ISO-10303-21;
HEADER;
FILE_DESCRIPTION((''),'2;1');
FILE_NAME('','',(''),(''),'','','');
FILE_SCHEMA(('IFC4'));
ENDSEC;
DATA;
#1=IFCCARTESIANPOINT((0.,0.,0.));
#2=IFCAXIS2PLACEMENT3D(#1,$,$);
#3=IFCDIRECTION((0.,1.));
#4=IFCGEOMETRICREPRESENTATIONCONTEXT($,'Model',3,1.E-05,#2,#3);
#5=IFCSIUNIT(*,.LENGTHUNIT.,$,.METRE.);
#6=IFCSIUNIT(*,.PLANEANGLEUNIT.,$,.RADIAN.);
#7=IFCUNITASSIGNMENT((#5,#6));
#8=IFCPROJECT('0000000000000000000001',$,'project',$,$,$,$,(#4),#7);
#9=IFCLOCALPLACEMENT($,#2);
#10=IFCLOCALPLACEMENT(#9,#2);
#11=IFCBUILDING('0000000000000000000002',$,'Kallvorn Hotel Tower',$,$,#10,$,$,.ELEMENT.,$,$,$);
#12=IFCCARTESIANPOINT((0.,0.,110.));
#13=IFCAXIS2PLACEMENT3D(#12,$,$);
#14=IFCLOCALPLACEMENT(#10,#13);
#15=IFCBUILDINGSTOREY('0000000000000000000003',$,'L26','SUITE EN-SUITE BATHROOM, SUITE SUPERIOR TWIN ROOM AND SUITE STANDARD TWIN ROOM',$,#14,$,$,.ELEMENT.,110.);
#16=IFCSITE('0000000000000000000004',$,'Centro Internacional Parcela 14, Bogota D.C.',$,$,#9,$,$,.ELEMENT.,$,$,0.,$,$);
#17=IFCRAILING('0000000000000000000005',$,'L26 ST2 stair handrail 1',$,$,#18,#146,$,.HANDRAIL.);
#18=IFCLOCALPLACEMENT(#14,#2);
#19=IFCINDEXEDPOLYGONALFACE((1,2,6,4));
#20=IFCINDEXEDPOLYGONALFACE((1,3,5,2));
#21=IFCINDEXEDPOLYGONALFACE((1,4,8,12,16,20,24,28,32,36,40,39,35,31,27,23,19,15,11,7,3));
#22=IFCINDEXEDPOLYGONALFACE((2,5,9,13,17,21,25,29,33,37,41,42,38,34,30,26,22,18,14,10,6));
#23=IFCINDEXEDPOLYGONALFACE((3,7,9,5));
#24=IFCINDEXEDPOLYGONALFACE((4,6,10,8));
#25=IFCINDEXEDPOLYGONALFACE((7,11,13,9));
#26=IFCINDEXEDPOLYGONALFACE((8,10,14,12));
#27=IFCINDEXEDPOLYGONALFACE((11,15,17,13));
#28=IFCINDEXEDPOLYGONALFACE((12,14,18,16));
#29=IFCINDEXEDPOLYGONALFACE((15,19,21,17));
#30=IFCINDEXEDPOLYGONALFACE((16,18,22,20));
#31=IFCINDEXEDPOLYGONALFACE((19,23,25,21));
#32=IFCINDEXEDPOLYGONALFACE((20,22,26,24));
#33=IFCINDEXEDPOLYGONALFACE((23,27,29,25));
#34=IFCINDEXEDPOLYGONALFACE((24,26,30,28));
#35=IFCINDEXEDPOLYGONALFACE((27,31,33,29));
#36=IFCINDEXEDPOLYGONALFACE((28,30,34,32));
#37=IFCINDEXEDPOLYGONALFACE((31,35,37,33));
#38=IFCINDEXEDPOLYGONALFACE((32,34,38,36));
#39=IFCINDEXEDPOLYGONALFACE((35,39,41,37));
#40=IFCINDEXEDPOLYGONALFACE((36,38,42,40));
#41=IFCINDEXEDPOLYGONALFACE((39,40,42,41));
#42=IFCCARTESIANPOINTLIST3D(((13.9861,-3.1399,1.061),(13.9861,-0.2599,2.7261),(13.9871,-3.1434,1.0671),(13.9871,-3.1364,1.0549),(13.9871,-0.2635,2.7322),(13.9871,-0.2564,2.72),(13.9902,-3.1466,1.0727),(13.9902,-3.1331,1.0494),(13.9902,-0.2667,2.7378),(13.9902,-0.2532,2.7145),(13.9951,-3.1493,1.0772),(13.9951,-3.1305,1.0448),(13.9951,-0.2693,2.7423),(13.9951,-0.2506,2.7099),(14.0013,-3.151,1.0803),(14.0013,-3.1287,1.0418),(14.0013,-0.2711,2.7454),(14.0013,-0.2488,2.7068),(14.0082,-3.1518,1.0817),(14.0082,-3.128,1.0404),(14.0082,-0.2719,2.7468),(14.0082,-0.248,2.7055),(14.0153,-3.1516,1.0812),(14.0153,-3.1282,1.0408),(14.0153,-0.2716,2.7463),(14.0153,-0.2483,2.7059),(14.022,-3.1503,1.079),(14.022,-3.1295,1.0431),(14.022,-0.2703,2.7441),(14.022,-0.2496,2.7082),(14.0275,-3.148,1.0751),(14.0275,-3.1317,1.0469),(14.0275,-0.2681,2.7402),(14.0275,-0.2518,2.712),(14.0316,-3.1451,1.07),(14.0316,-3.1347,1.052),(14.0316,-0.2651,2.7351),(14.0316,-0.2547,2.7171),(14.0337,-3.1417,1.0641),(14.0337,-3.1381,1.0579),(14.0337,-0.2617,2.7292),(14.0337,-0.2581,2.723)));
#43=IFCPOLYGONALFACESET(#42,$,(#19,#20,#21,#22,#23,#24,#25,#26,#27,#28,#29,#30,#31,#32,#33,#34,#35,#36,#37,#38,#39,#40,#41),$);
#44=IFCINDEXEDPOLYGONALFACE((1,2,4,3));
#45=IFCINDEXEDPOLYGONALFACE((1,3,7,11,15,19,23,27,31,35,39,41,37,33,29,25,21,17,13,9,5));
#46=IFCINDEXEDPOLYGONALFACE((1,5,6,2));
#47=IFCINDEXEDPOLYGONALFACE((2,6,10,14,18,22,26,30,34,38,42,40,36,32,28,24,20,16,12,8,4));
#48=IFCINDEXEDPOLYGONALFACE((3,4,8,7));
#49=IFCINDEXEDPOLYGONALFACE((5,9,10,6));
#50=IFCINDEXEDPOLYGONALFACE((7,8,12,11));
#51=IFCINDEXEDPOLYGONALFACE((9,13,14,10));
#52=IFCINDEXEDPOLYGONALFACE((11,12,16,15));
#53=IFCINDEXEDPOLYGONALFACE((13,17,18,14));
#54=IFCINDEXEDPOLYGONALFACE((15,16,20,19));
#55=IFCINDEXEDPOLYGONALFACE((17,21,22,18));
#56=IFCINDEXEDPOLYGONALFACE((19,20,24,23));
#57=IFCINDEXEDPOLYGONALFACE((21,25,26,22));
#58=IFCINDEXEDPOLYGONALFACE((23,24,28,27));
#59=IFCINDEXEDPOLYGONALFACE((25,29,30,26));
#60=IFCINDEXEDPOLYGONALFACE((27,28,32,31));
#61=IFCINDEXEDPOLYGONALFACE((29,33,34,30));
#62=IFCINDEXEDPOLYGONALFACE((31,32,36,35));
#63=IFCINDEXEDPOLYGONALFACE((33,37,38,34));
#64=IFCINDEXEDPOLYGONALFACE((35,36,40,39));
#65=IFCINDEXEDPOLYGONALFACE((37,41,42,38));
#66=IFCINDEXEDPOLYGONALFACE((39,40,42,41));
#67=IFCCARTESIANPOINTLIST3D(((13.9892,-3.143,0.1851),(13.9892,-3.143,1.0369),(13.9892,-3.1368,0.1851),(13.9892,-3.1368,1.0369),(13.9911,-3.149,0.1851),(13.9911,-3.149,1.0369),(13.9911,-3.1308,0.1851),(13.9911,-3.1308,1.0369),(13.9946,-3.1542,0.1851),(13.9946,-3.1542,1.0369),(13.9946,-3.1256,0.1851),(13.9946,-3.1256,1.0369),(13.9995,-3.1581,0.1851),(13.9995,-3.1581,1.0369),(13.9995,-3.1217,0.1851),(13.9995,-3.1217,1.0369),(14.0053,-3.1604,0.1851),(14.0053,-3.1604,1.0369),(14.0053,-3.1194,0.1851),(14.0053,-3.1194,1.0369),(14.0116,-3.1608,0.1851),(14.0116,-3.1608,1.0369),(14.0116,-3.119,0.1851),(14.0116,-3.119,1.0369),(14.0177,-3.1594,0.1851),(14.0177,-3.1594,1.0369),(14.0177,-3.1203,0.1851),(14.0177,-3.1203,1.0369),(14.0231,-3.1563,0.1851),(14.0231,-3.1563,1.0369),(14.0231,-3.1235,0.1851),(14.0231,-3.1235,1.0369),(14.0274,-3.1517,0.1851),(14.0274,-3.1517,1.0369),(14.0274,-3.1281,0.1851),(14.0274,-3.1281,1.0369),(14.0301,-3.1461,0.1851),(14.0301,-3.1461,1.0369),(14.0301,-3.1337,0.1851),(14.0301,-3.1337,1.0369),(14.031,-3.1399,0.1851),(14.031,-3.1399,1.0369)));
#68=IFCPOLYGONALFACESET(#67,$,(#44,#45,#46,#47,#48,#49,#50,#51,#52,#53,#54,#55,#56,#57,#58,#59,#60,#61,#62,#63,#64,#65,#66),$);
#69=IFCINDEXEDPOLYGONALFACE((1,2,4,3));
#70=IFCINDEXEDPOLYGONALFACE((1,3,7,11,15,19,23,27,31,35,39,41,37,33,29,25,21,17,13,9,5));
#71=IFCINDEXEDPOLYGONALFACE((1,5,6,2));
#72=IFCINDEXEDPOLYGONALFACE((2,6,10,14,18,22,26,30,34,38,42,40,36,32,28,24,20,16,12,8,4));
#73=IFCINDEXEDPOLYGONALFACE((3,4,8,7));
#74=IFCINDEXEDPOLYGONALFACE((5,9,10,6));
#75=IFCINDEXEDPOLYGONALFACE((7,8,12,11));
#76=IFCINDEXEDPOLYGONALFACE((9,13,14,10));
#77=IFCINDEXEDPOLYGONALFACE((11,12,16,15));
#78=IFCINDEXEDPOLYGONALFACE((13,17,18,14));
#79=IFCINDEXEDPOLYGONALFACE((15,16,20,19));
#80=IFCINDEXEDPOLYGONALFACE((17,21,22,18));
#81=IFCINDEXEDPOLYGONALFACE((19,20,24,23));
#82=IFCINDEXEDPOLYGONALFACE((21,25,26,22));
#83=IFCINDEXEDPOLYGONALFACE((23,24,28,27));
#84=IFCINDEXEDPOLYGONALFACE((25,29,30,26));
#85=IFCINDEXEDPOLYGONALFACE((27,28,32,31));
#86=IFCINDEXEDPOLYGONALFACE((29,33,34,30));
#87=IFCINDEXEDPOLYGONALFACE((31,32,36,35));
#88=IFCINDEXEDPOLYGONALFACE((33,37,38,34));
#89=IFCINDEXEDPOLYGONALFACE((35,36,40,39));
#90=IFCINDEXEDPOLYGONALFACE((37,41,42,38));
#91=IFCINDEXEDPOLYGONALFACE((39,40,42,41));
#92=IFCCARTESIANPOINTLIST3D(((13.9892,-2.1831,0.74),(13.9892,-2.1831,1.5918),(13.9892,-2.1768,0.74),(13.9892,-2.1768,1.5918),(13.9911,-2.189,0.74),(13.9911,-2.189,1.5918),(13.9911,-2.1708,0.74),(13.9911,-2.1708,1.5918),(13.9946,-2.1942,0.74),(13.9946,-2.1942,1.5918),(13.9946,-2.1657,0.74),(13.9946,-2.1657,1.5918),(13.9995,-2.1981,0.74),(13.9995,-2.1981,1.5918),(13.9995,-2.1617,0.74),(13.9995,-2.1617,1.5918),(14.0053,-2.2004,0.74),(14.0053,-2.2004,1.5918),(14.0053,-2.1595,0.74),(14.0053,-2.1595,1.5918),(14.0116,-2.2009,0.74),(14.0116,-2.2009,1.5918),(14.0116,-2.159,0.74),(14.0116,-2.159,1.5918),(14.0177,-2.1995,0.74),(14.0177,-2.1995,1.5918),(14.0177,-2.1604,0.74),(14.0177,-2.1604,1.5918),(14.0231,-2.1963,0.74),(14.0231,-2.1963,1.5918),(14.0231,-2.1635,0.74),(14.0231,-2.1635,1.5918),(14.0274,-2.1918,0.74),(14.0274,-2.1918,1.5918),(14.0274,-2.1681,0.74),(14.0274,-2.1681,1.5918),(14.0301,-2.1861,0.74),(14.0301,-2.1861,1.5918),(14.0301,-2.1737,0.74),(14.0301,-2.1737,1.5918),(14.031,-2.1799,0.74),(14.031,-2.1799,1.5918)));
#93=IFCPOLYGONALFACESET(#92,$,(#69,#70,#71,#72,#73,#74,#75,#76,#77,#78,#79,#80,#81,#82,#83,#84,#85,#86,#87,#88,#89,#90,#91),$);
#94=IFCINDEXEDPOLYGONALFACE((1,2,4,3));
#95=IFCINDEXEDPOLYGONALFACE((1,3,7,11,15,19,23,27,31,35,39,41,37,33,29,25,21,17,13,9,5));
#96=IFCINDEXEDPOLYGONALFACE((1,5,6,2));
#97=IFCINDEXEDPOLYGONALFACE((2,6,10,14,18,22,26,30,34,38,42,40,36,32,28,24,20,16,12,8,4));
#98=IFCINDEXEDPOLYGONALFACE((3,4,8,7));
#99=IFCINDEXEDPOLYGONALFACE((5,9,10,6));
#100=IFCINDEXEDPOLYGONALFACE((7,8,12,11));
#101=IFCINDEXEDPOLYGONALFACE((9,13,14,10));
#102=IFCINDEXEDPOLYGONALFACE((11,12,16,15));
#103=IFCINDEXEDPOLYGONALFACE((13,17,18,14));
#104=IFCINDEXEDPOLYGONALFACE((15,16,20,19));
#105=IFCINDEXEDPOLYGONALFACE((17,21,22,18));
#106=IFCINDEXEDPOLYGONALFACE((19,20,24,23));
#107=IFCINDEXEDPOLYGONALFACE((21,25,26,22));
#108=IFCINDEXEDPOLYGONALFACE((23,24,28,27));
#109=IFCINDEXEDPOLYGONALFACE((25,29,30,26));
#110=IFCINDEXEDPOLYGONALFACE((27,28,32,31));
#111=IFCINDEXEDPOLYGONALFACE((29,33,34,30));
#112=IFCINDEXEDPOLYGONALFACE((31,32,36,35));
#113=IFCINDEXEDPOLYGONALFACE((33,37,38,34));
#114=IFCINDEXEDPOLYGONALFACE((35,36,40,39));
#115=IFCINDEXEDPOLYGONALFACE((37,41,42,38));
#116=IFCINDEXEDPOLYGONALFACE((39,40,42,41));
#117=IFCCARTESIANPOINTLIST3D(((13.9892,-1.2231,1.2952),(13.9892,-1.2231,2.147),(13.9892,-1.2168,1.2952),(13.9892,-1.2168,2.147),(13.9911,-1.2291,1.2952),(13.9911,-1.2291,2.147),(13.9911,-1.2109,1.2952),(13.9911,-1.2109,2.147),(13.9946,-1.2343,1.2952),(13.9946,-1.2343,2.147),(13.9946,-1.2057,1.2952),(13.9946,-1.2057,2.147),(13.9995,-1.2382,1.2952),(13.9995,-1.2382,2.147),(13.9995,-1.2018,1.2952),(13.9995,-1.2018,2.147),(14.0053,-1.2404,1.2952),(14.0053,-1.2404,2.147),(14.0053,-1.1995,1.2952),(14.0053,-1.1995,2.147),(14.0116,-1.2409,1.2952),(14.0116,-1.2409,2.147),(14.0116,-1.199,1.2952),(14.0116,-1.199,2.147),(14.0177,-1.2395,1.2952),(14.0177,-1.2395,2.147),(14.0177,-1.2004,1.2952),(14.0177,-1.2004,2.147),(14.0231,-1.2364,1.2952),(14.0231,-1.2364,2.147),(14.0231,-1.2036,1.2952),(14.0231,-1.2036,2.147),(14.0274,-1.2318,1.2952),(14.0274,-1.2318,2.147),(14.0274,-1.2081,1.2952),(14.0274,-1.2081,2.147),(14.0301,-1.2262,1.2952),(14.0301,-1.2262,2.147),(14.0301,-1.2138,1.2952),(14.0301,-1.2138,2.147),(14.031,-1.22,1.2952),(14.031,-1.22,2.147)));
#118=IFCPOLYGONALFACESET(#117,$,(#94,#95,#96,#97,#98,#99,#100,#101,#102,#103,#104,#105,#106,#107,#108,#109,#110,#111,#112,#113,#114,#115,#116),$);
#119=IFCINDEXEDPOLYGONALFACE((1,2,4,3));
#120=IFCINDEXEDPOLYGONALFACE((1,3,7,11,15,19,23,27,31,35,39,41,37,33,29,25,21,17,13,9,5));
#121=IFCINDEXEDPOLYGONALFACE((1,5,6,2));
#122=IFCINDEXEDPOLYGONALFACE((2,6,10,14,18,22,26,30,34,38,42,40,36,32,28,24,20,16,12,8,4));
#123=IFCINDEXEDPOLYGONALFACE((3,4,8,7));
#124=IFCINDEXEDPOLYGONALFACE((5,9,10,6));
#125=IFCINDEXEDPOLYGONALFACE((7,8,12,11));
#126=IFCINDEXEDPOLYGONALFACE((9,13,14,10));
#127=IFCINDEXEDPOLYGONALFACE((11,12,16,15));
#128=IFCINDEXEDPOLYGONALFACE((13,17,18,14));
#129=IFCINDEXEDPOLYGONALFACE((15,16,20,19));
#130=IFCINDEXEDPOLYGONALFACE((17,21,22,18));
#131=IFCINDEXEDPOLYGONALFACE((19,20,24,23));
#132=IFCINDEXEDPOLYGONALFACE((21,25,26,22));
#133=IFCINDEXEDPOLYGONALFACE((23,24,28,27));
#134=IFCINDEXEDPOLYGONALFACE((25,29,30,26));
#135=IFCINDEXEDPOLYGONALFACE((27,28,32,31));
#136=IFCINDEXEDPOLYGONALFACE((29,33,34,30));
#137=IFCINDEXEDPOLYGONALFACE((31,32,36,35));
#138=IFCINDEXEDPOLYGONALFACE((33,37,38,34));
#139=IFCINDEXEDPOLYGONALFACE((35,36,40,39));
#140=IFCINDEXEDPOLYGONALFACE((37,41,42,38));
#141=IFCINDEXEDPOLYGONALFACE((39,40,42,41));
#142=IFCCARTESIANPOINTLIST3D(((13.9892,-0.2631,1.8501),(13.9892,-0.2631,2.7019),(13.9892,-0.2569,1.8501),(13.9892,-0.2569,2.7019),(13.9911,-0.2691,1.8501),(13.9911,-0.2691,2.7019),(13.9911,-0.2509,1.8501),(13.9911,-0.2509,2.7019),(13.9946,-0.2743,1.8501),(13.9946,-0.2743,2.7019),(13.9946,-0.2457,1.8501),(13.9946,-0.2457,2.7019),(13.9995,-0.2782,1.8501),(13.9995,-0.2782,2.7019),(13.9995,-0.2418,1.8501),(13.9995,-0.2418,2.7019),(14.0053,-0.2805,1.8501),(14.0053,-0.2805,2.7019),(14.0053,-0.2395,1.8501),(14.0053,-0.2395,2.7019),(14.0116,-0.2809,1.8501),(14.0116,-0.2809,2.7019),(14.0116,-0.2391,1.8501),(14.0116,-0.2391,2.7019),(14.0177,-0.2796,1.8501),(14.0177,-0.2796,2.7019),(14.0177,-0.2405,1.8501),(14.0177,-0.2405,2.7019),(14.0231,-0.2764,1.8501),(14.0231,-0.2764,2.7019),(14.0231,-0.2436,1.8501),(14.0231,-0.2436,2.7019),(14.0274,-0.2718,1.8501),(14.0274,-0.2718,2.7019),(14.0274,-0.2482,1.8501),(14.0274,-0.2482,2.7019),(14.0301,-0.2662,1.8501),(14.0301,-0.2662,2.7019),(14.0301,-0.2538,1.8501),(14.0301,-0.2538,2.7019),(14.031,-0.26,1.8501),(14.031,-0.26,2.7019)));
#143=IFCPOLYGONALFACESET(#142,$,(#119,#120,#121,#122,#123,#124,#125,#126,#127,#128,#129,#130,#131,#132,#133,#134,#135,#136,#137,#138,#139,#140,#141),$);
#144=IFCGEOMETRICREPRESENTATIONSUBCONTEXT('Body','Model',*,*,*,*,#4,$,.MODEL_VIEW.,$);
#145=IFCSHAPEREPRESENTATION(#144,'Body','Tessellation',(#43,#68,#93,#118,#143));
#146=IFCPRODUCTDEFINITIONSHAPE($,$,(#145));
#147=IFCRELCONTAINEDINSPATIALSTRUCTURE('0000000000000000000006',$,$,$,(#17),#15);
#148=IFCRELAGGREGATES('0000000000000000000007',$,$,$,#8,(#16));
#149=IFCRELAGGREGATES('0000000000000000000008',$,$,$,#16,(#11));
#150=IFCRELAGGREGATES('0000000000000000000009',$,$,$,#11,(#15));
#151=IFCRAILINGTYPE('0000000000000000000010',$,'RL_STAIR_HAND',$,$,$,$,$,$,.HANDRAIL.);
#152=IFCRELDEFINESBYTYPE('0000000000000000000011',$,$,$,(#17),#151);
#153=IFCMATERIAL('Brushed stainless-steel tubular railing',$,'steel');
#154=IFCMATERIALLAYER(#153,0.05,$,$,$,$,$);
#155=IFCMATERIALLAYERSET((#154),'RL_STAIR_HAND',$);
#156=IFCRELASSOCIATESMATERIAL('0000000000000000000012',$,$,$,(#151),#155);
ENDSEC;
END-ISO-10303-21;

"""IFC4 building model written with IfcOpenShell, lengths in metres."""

from ifc_helpers import new_model, si_unit, direction, frame, origin, origin_2d, place, context, subcontext, project, spatial, circle, extrude, material, layer, layer_set, type_object, element, save


model = new_model("IFC4")

# Units and contexts
model_context = context("Model", 3, precision=1e-05, world=origin(), true_north=direction((0.0, 1.0)))
body_context = subcontext(model_context, "Body", "Model", "MODEL_VIEW")
ifc_project = project(units=[si_unit("LENGTHUNIT", "METRE"), si_unit("PLANEANGLEUNIT", "RADIAN")], contexts=[model_context])

# Site, building, storey
site_placement = place(None, origin())
site = spatial("IfcSite", under=ifc_project, at=site_placement, Name="Centro Internacional Parcela 14, Bogota D.C.", CompositionType="ELEMENT", RefElevation=0.0)
building_placement = place(site_placement, origin())
building = spatial("IfcBuilding", under=site, at=building_placement, Name="Kallvorn Hotel Tower", CompositionType="ELEMENT")
storey_placement = place(building_placement, frame((0.0, 0.0, 110.0)))
storey = spatial("IfcBuildingStorey", under=building, at=storey_placement, Name="L26", Description="SUITE EN-SUITE BATHROOM, SUITE SUPERIOR TWIN ROOM AND SUITE STANDARD TWIN ROOM", CompositionType="ELEMENT", Elevation=110.0)

# Railing
ifc_material_1 = material(Name="Brushed stainless-steel tubular railing", Category="steel")
ifc_layer_1 = layer(ifc_material_1, 0.05)
ifc_layer_set_1 = layer_set([ifc_layer_1], Name="RL_STAIR_HAND")
railing_type_1 = type_object("IfcRailingType", Name="RL_STAIR_HAND", PredefinedType="HANDRAIL", material=ifc_layer_set_1)
railing_1_placement = place(storey_placement, frame((14.01, -3.1399, 0.1851)))
element("IfcRailing", 1, at=railing_1_placement, inside=storey, type_object=railing_type_1, Name="L26 ST2 stair handrail 1", PredefinedType="HANDRAIL", context=body_context, shape_type="SweptSolid", body=[
    extrude(circle(Radius=0.0239, at=origin_2d()), frame((0.0, 0.0, 0.876), z_axis=(0.0, 0.865721, 0.500527), x_axis=(-1.0, 0.0, 0.0)), (0.0, 0.0, 1.0), 3.3267),
    extrude(circle(Radius=0.021, at=origin_2d()), origin(), (0.0, 0.0, 1.0), 0.8518),
    extrude(circle(Radius=0.021, at=origin_2d()), frame((0.0, 0.96, 0.5549)), (0.0, 0.0, 1.0), 0.8518),
    extrude(circle(Radius=0.021, at=origin_2d()), frame((0.0, 1.9199, 1.1101)), (0.0, 0.0, 1.0), 0.8518),
    extrude(circle(Radius=0.021, at=origin_2d()), frame((0.0, 2.8799, 1.665)), (0.0, 0.0, 1.0), 0.8518),
])

save(model, "model.ifc")
